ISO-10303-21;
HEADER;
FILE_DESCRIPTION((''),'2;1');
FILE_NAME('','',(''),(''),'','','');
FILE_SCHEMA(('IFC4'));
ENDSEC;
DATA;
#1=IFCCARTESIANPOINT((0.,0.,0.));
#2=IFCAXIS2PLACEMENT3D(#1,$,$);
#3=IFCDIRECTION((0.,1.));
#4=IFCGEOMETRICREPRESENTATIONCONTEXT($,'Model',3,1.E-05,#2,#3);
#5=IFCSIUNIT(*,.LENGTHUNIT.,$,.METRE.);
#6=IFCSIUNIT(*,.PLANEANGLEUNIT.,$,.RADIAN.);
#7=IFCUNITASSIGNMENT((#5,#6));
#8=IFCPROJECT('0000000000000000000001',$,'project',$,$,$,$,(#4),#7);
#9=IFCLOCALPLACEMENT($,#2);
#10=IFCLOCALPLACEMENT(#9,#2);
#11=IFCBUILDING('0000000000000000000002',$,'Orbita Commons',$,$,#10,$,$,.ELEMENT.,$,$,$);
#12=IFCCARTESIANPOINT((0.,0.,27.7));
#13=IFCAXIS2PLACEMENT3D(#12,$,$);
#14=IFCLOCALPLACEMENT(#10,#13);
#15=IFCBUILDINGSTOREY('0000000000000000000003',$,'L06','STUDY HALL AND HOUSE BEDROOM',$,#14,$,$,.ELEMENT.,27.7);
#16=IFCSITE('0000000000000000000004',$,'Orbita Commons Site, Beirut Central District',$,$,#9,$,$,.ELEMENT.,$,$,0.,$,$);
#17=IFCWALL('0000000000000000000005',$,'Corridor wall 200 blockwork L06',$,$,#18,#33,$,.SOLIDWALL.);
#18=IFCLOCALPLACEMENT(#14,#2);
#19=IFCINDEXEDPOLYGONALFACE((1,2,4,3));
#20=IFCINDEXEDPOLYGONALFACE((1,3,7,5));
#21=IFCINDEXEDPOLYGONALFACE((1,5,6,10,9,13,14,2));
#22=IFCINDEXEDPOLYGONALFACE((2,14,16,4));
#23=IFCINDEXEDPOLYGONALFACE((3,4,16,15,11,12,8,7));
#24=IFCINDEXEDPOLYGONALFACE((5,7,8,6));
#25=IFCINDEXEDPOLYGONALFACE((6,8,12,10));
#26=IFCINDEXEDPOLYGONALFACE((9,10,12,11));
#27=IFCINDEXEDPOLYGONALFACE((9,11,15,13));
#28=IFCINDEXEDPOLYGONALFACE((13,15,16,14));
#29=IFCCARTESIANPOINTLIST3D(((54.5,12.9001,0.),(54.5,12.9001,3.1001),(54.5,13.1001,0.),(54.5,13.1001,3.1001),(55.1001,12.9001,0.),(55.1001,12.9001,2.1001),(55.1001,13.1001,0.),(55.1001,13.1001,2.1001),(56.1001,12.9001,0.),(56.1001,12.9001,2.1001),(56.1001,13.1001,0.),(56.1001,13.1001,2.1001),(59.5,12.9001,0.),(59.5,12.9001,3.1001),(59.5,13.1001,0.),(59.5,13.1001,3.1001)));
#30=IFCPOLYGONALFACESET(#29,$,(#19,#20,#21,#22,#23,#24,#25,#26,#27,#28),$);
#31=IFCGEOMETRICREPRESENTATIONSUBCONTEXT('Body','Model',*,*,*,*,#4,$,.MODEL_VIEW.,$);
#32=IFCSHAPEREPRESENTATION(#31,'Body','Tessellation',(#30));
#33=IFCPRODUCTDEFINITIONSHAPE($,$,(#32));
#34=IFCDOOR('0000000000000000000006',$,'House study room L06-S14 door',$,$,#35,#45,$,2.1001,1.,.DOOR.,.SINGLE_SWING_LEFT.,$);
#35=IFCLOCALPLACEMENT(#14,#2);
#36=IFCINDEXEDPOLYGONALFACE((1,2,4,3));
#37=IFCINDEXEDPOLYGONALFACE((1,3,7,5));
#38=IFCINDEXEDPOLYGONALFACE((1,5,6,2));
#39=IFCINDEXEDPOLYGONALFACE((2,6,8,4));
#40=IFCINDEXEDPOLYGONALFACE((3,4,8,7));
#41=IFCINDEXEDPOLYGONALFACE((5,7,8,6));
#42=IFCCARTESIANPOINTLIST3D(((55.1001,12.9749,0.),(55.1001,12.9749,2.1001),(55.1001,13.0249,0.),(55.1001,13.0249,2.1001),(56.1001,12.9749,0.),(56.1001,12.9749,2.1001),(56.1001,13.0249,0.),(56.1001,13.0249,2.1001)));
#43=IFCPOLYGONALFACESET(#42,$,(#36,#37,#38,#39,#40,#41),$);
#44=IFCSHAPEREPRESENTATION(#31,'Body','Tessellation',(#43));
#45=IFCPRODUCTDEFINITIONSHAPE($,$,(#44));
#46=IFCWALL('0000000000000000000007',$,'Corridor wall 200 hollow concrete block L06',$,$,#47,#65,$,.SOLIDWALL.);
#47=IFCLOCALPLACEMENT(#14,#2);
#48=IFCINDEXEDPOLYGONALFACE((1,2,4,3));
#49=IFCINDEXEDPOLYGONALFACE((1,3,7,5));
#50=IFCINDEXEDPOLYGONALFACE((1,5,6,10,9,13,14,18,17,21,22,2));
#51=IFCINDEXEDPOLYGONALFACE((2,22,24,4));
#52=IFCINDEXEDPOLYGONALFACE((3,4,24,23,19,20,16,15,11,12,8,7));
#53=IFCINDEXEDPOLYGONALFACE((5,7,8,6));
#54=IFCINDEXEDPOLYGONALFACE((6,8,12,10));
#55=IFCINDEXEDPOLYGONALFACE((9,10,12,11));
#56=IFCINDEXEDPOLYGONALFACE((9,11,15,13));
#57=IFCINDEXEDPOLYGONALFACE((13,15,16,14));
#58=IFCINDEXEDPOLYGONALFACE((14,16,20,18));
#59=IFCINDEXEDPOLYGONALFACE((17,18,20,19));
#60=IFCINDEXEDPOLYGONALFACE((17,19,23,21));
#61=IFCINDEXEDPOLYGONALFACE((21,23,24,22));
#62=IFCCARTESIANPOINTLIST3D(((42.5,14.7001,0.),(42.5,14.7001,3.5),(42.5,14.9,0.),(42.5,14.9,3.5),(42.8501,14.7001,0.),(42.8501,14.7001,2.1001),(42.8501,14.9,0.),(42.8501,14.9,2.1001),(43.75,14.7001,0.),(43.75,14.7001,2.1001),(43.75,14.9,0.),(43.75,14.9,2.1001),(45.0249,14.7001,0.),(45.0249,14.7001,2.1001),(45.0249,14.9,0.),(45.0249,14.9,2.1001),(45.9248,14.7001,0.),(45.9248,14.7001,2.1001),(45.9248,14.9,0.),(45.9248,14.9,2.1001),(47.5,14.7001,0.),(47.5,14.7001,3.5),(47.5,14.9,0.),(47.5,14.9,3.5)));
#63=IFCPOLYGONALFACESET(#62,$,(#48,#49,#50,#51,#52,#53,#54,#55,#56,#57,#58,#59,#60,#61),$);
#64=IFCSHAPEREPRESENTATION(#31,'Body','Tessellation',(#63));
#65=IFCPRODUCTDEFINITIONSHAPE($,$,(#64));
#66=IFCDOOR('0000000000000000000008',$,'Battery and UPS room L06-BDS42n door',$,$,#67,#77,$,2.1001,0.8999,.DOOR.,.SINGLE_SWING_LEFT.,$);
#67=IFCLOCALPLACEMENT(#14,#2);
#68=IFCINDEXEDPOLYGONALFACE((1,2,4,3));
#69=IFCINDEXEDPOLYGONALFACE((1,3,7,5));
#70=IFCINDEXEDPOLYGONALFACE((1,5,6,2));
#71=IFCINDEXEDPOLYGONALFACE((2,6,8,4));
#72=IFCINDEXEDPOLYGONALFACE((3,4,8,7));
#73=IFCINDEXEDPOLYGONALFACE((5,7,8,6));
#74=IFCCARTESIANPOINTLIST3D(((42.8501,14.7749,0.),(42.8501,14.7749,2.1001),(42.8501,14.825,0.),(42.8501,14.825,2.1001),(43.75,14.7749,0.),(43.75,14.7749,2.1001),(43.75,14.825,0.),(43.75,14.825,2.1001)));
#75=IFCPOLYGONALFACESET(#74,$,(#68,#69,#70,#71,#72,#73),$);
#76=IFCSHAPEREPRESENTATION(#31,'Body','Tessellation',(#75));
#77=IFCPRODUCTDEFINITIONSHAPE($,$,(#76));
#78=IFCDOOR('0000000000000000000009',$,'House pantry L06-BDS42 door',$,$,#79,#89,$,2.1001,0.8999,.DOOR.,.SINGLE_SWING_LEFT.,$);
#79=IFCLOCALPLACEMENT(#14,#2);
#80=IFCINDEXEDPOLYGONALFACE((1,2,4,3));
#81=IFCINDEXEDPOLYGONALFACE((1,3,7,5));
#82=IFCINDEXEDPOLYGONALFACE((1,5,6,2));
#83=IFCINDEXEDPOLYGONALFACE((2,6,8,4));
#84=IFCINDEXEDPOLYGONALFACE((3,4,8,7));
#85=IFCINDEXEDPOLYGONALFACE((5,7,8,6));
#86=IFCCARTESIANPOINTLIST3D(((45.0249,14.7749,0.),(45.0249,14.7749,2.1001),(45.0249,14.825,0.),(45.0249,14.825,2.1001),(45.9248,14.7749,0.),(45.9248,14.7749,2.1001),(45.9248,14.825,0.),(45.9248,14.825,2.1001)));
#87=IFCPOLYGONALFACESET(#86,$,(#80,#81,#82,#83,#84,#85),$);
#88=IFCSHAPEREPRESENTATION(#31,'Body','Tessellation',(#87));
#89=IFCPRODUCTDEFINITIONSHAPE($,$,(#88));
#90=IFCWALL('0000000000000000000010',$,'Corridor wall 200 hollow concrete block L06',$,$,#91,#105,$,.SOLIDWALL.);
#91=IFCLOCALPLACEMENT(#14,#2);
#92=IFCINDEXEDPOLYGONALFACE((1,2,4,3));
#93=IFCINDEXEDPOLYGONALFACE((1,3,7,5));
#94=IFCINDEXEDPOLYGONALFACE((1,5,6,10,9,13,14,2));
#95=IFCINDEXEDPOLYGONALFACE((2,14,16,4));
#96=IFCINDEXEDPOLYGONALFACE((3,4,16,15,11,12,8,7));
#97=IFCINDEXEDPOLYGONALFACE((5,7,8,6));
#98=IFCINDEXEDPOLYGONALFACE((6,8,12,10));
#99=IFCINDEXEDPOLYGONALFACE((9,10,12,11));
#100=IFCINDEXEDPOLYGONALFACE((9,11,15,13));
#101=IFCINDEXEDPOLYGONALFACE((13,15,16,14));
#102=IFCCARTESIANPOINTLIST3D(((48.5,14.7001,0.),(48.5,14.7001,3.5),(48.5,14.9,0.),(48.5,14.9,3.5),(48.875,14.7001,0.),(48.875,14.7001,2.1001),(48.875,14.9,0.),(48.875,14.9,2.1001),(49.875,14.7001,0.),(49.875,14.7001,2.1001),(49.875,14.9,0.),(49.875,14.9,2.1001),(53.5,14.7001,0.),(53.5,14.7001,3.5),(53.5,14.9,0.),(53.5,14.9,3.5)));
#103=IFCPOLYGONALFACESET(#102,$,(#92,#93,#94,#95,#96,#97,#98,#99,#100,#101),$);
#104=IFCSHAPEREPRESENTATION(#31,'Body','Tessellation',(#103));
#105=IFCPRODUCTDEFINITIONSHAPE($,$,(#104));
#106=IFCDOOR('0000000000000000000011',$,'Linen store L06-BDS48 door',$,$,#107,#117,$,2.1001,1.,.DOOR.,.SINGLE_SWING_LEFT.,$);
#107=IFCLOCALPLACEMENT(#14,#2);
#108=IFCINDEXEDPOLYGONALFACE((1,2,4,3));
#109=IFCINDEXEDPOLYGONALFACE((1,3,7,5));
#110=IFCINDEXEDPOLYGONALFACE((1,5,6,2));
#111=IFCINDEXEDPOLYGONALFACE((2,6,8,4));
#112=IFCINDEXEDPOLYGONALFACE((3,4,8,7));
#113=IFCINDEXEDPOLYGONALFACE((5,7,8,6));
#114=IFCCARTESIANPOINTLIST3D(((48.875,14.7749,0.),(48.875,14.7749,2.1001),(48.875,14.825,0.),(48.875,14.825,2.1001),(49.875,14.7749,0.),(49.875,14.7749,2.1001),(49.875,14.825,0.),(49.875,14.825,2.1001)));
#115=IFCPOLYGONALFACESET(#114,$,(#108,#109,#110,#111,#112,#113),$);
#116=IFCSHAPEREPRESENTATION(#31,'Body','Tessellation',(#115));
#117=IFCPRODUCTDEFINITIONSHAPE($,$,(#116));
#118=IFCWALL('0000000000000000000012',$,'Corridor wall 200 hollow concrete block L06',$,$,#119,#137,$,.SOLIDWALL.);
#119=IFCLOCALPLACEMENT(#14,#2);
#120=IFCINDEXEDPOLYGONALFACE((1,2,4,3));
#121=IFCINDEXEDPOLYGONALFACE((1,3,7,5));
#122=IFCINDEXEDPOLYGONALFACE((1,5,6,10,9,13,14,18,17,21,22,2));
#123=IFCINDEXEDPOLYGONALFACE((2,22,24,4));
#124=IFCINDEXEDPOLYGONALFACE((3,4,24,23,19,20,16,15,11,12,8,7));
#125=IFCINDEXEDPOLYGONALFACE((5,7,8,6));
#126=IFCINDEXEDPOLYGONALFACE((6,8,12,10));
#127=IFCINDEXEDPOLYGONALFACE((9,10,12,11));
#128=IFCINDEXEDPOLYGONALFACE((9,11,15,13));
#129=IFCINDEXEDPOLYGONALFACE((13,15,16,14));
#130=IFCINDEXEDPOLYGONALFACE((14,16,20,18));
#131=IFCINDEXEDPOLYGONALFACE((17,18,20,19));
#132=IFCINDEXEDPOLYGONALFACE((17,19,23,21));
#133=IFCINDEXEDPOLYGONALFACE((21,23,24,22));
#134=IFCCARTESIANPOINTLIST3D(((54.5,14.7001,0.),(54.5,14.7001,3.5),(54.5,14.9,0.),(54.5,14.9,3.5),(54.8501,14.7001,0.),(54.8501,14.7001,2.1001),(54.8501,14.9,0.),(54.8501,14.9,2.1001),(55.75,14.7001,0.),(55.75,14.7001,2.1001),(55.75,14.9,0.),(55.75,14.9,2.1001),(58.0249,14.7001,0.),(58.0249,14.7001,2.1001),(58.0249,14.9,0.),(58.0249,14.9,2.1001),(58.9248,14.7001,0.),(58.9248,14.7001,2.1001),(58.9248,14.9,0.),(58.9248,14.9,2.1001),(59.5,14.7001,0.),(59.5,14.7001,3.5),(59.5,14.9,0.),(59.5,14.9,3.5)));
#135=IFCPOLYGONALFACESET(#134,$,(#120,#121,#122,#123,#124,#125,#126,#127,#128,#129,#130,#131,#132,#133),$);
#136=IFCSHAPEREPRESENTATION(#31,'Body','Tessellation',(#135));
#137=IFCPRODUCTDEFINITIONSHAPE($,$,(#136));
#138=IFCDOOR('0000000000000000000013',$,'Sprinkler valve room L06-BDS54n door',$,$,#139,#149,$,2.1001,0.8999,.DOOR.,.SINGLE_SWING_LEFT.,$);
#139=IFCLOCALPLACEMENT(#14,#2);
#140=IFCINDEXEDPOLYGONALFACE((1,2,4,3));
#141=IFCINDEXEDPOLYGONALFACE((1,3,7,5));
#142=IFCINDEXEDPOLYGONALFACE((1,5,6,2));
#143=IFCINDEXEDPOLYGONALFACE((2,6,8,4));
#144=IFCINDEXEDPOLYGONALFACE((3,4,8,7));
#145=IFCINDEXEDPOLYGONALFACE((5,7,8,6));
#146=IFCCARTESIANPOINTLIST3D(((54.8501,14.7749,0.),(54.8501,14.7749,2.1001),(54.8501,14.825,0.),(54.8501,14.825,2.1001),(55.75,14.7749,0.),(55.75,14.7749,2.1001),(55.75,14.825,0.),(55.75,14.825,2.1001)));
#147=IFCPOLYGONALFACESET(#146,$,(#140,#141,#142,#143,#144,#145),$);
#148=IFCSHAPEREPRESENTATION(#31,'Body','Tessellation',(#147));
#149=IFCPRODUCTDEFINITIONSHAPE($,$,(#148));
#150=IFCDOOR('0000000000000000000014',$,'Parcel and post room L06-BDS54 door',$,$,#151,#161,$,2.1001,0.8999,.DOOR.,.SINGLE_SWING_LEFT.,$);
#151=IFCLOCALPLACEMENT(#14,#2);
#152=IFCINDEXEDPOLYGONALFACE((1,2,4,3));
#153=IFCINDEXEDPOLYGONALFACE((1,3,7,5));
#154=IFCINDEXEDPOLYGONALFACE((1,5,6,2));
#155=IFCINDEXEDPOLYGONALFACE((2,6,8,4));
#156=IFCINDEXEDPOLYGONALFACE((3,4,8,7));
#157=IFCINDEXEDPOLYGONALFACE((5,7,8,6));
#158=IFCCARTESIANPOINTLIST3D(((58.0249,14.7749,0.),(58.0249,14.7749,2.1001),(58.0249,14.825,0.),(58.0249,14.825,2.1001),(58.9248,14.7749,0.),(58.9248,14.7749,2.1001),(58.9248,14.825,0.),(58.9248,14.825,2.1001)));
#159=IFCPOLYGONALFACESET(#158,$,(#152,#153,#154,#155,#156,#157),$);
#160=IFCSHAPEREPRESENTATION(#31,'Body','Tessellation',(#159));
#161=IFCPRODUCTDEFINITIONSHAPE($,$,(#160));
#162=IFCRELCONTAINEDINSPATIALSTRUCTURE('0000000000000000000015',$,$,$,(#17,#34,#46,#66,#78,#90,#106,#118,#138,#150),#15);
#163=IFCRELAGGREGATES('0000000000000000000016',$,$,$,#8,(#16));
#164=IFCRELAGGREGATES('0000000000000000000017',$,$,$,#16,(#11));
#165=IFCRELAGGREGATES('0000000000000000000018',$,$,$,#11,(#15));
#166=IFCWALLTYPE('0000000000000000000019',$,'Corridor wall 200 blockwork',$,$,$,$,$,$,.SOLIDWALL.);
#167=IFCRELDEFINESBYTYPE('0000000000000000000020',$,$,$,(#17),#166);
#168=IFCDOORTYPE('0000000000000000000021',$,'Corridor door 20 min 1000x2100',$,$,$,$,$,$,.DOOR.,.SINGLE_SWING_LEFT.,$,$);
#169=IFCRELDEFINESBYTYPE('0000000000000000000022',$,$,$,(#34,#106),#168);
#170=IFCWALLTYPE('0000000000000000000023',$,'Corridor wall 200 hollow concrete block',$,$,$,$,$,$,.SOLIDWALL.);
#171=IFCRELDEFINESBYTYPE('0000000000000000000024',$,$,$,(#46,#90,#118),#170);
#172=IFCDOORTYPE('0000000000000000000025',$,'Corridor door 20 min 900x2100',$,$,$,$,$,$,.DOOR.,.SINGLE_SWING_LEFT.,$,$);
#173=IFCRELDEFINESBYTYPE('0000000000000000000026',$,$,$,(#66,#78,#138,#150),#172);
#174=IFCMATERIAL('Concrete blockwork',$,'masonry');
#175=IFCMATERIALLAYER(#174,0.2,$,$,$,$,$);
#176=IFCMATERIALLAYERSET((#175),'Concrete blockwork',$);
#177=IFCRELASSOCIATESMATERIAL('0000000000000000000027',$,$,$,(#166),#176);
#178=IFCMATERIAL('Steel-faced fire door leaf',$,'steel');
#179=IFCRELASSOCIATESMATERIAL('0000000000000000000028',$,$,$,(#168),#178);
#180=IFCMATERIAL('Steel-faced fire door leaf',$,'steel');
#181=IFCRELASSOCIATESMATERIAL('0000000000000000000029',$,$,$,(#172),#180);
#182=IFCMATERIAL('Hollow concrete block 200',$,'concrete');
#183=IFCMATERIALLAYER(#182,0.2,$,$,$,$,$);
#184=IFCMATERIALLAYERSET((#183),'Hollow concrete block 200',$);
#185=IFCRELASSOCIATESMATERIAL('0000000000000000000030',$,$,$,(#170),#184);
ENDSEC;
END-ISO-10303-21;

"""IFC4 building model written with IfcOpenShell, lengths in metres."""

from ifc_helpers import new_model, si_unit, direction, frame, frame_2d, origin, place, context, subcontext, project, spatial, polyline, rectangle, outline, extrude, material, layer, layer_set, type_object, element, fill, save


model = new_model("IFC4")

# Units and contexts
model_context = context("Model", 3, precision=1e-05, world=origin(), true_north=direction((0.0, 1.0)))
body_context = subcontext(model_context, "Body", "Model", "MODEL_VIEW")
ifc_project = project(units=[si_unit("LENGTHUNIT", "METRE"), si_unit("PLANEANGLEUNIT", "RADIAN")], contexts=[model_context])

# Site, building, storey
site_placement = place(None, origin())
site = spatial("IfcSite", under=ifc_project, at=site_placement, Name="Orbita Commons Site, Beirut Central District", CompositionType="ELEMENT", RefElevation=0.0)
building_placement = place(site_placement, origin())
building = spatial("IfcBuilding", under=site, at=building_placement, Name="Orbita Commons", CompositionType="ELEMENT")
storey_placement = place(building_placement, frame((0.0, 0.0, 27.7)))
storey = spatial("IfcBuildingStorey", under=building, at=storey_placement, Name="L06", Description="STUDY HALL AND HOUSE BEDROOM", CompositionType="ELEMENT", Elevation=27.7)

# Shared definitions
ifc_material_1 = material(Name="Concrete blockwork", Category="masonry")
ifc_layer_1 = layer(ifc_material_1, 0.2)
ifc_layer_set_1 = layer_set([ifc_layer_1], Name="Concrete blockwork")
wall_type_1 = type_object("IfcWallType", Name="Corridor wall 200 blockwork", PredefinedType="SOLIDWALL", material=ifc_layer_set_1)
ifc_material_2 = material(Name="Steel-faced fire door leaf", Category="steel")
door_type_1 = type_object("IfcDoorType", Name="Corridor door 20 min 1000x2100", OperationType="SINGLE_SWING_LEFT", PredefinedType="DOOR", material=ifc_material_2)

# Shared definitions
ifc_material_3 = material(Name="Steel-faced fire door leaf", Category="steel")
door_type_2 = type_object("IfcDoorType", Name="Corridor door 20 min 900x2100", OperationType="SINGLE_SWING_LEFT", PredefinedType="DOOR", material=ifc_material_3)

# Wall, opening, door
wall_1_placement = place(storey_placement, frame((54.5, 13.0, 0.0), z_axis=(0.0, 0.0, 1.0), x_axis=(1.0, 0.0, 0.0)))
wall_1 = element("IfcWall", 1, at=wall_1_placement, inside=storey, type_object=wall_type_1, Name="Corridor wall 200 blockwork L06", PredefinedType="SOLIDWALL", context=body_context, shape_type="SweptSolid", body=[
    extrude(outline(polyline([(0.0, 0.0), (5.0, 0.0), (5.0, 3.1001), (0.0, 3.1001), (0.0, 0.0)])), frame((0.0, 0.1001, 0.0), z_axis=(0.0, -1.0, 0.0), x_axis=(1.0, 0.0, 0.0)), (0.0, 0.0, 1.0), 0.2),
])
opening_1_placement = place(wall_1_placement, frame((0.6001, 0.0, 0.0)))
opening_1 = element("IfcOpeningElement", 2, at=opening_1_placement, cuts=wall_1, PredefinedType="OPENING", context=body_context, shape_type="SweptSolid", body=[
    extrude(rectangle(XDim=1.0, YDim=2.1001, at=frame_2d((0.5, 1.05))), frame((0.0, 0.1099, 0.0), z_axis=(0.0, -1.0, 0.0), x_axis=(1.0, 0.0, 0.0)), (0.0, 0.0, 1.0), 0.22),
])
door_1_placement = place(opening_1_placement, origin())
door_1 = element("IfcDoor", 3, at=door_1_placement, inside=storey, type_object=door_type_1, Name="House study room L06-S14 door", OperationType="SINGLE_SWING_LEFT", OverallHeight=2.1001, OverallWidth=1.0, PredefinedType="DOOR", context=body_context, shape_type="SweptSolid", body=[
    extrude(rectangle(XDim=1.0, YDim=2.1001, at=frame_2d((0.5, 1.05))), frame((0.0, 0.0249, 0.0), z_axis=(0.0, -1.0, 0.0), x_axis=(1.0, 0.0, 0.0)), (0.0, 0.0, 1.0), 0.05),
])
fill(opening_1, door_1)

# Wall, openings, doors
ifc_material_4 = material(Name="Hollow concrete block 200", Category="concrete")
ifc_layer_2 = layer(ifc_material_4, 0.2)
ifc_layer_set_2 = layer_set([ifc_layer_2], Name="Hollow concrete block 200")
wall_type_2 = type_object("IfcWallType", Name="Corridor wall 200 hollow concrete block", PredefinedType="SOLIDWALL", material=ifc_layer_set_2)
wall_2_placement = place(storey_placement, frame((42.5, 14.8, 0.0), z_axis=(0.0, 0.0, 1.0), x_axis=(1.0, 0.0, 0.0)))
wall_2 = element("IfcWall", 4, at=wall_2_placement, inside=storey, type_object=wall_type_2, Name="Corridor wall 200 hollow concrete block L06", PredefinedType="SOLIDWALL", context=body_context, shape_type="SweptSolid", body=[
    extrude(rectangle(XDim=5.0, YDim=0.2, at=frame_2d((2.5, 0.0))), origin(), (0.0, 0.0, 1.0), 3.5),
])
opening_2_placement = place(wall_2_placement, frame((0.3501, 0.0, 0.0)))
opening_2 = element("IfcOpeningElement", 5, at=opening_2_placement, cuts=wall_2, PredefinedType="OPENING", context=body_context, shape_type="SweptSolid", body=[
    extrude(rectangle(XDim=0.8999, YDim=2.1001, at=frame_2d((0.45, 1.05))), frame((0.0, 0.1099, 0.0), z_axis=(0.0, -1.0, 0.0), x_axis=(1.0, 0.0, 0.0)), (0.0, 0.0, 1.0), 0.22),
])
opening_3_placement = place(wall_2_placement, frame((2.5249, 0.0, 0.0)))
opening_3 = element("IfcOpeningElement", 6, at=opening_3_placement, cuts=wall_2, PredefinedType="OPENING", context=body_context, shape_type="SweptSolid", body=[
    extrude(rectangle(XDim=0.8999, YDim=2.1001, at=frame_2d((0.45, 1.05))), frame((0.0, 0.1099, 0.0), z_axis=(0.0, -1.0, 0.0), x_axis=(1.0, 0.0, 0.0)), (0.0, 0.0, 1.0), 0.22),
])
door_2_placement = place(opening_2_placement, origin())
door_2 = element("IfcDoor", 7, at=door_2_placement, inside=storey, type_object=door_type_2, Name="Battery and UPS room L06-BDS42n door", OperationType="SINGLE_SWING_LEFT", OverallHeight=2.1001, OverallWidth=0.8999, PredefinedType="DOOR", context=body_context, shape_type="SweptSolid", body=[
    extrude(rectangle(XDim=0.8999, YDim=2.1001, at=frame_2d((0.45, 1.05))), frame((0.0, 0.0249, 0.0), z_axis=(0.0, -1.0, 0.0), x_axis=(1.0, 0.0, 0.0)), (0.0, 0.0, 1.0), 0.05),
])
fill(opening_2, door_2)
door_3_placement = place(opening_3_placement, origin())
door_3 = element("IfcDoor", 8, at=door_3_placement, inside=storey, type_object=door_type_2, Name="House pantry L06-BDS42 door", OperationType="SINGLE_SWING_LEFT", OverallHeight=2.1001, OverallWidth=0.8999, PredefinedType="DOOR", context=body_context, shape_type="SweptSolid", body=[
    extrude(rectangle(XDim=0.8999, YDim=2.1001, at=frame_2d((0.45, 1.05))), frame((0.0, 0.0249, 0.0), z_axis=(0.0, -1.0, 0.0), x_axis=(1.0, 0.0, 0.0)), (0.0, 0.0, 1.0), 0.05),
])
fill(opening_3, door_3)

# Wall, opening, door
wall_3_placement = place(storey_placement, frame((48.5, 14.8, 0.0), z_axis=(0.0, 0.0, 1.0), x_axis=(1.0, 0.0, 0.0)))
wall_3 = element("IfcWall", 9, at=wall_3_placement, inside=storey, type_object=wall_type_2, Name="Corridor wall 200 hollow concrete block L06", PredefinedType="SOLIDWALL", context=body_context, shape_type="SweptSolid", body=[
    extrude(rectangle(XDim=5.0, YDim=0.2, at=frame_2d((2.5, 0.0))), origin(), (0.0, 0.0, 1.0), 3.5),
])
opening_4_placement = place(wall_3_placement, frame((0.375, 0.0, 0.0)))
opening_4 = element("IfcOpeningElement", 10, at=opening_4_placement, cuts=wall_3, PredefinedType="OPENING", context=body_context, shape_type="SweptSolid", body=[
    extrude(rectangle(XDim=1.0, YDim=2.1001, at=frame_2d((0.5, 1.05))), frame((0.0, 0.1099, 0.0), z_axis=(0.0, -1.0, 0.0), x_axis=(1.0, 0.0, 0.0)), (0.0, 0.0, 1.0), 0.22),
])
door_4_placement = place(opening_4_placement, origin())
door_4 = element("IfcDoor", 11, at=door_4_placement, inside=storey, type_object=door_type_1, Name="Linen store L06-BDS48 door", OperationType="SINGLE_SWING_LEFT", OverallHeight=2.1001, OverallWidth=1.0, PredefinedType="DOOR", context=body_context, shape_type="SweptSolid", body=[
    extrude(rectangle(XDim=1.0, YDim=2.1001, at=frame_2d((0.5, 1.05))), frame((0.0, 0.0249, 0.0), z_axis=(0.0, -1.0, 0.0), x_axis=(1.0, 0.0, 0.0)), (0.0, 0.0, 1.0), 0.05),
])
fill(opening_4, door_4)

# Wall, openings, doors
wall_4_placement = place(storey_placement, frame((54.5, 14.8, 0.0), z_axis=(0.0, 0.0, 1.0), x_axis=(1.0, 0.0, 0.0)))
wall_4 = element("IfcWall", 12, at=wall_4_placement, inside=storey, type_object=wall_type_2, Name="Corridor wall 200 hollow concrete block L06", PredefinedType="SOLIDWALL", context=body_context, shape_type="SweptSolid", body=[
    extrude(rectangle(XDim=5.0, YDim=0.2, at=frame_2d((2.5, 0.0))), origin(), (0.0, 0.0, 1.0), 3.5),
])
opening_5_placement = place(wall_4_placement, frame((0.3501, 0.0, 0.0)))
opening_5 = element("IfcOpeningElement", 13, at=opening_5_placement, cuts=wall_4, PredefinedType="OPENING", context=body_context, shape_type="SweptSolid", body=[
    extrude(rectangle(XDim=0.8999, YDim=2.1001, at=frame_2d((0.45, 1.05))), frame((0.0, 0.1099, 0.0), z_axis=(0.0, -1.0, 0.0), x_axis=(1.0, 0.0, 0.0)), (0.0, 0.0, 1.0), 0.22),
])
opening_6_placement = place(wall_4_placement, frame((3.5249, 0.0, 0.0)))
opening_6 = element("IfcOpeningElement", 14, at=opening_6_placement, cuts=wall_4, PredefinedType="OPENING", context=body_context, shape_type="SweptSolid", body=[
    extrude(rectangle(XDim=0.8999, YDim=2.1001, at=frame_2d((0.45, 1.05))), frame((0.0, 0.1099, 0.0), z_axis=(0.0, -1.0, 0.0), x_axis=(1.0, 0.0, 0.0)), (0.0, 0.0, 1.0), 0.22),
])
door_5_placement = place(opening_5_placement, origin())
door_5 = element("IfcDoor", 15, at=door_5_placement, inside=storey, type_object=door_type_2, Name="Sprinkler valve room L06-BDS54n door", OperationType="SINGLE_SWING_LEFT", OverallHeight=2.1001, OverallWidth=0.8999, PredefinedType="DOOR", context=body_context, shape_type="SweptSolid", body=[
    extrude(rectangle(XDim=0.8999, YDim=2.1001, at=frame_2d((0.45, 1.05))), frame((0.0, 0.0249, 0.0), z_axis=(0.0, -1.0, 0.0), x_axis=(1.0, 0.0, 0.0)), (0.0, 0.0, 1.0), 0.05),
])
fill(opening_5, door_5)
door_6_placement = place(opening_6_placement, origin())
door_6 = element("IfcDoor", 16, at=door_6_placement, inside=storey, type_object=door_type_2, Name="Parcel and post room L06-BDS54 door", OperationType="SINGLE_SWING_LEFT", OverallHeight=2.1001, OverallWidth=0.8999, PredefinedType="DOOR", context=body_context, shape_type="SweptSolid", body=[
    extrude(rectangle(XDim=0.8999, YDim=2.1001, at=frame_2d((0.45, 1.05))), frame((0.0, 0.0249, 0.0), z_axis=(0.0, -1.0, 0.0), x_axis=(1.0, 0.0, 0.0)), (0.0, 0.0, 1.0), 0.05),
])
fill(opening_6, door_6)

save(model, "model.ifc")
